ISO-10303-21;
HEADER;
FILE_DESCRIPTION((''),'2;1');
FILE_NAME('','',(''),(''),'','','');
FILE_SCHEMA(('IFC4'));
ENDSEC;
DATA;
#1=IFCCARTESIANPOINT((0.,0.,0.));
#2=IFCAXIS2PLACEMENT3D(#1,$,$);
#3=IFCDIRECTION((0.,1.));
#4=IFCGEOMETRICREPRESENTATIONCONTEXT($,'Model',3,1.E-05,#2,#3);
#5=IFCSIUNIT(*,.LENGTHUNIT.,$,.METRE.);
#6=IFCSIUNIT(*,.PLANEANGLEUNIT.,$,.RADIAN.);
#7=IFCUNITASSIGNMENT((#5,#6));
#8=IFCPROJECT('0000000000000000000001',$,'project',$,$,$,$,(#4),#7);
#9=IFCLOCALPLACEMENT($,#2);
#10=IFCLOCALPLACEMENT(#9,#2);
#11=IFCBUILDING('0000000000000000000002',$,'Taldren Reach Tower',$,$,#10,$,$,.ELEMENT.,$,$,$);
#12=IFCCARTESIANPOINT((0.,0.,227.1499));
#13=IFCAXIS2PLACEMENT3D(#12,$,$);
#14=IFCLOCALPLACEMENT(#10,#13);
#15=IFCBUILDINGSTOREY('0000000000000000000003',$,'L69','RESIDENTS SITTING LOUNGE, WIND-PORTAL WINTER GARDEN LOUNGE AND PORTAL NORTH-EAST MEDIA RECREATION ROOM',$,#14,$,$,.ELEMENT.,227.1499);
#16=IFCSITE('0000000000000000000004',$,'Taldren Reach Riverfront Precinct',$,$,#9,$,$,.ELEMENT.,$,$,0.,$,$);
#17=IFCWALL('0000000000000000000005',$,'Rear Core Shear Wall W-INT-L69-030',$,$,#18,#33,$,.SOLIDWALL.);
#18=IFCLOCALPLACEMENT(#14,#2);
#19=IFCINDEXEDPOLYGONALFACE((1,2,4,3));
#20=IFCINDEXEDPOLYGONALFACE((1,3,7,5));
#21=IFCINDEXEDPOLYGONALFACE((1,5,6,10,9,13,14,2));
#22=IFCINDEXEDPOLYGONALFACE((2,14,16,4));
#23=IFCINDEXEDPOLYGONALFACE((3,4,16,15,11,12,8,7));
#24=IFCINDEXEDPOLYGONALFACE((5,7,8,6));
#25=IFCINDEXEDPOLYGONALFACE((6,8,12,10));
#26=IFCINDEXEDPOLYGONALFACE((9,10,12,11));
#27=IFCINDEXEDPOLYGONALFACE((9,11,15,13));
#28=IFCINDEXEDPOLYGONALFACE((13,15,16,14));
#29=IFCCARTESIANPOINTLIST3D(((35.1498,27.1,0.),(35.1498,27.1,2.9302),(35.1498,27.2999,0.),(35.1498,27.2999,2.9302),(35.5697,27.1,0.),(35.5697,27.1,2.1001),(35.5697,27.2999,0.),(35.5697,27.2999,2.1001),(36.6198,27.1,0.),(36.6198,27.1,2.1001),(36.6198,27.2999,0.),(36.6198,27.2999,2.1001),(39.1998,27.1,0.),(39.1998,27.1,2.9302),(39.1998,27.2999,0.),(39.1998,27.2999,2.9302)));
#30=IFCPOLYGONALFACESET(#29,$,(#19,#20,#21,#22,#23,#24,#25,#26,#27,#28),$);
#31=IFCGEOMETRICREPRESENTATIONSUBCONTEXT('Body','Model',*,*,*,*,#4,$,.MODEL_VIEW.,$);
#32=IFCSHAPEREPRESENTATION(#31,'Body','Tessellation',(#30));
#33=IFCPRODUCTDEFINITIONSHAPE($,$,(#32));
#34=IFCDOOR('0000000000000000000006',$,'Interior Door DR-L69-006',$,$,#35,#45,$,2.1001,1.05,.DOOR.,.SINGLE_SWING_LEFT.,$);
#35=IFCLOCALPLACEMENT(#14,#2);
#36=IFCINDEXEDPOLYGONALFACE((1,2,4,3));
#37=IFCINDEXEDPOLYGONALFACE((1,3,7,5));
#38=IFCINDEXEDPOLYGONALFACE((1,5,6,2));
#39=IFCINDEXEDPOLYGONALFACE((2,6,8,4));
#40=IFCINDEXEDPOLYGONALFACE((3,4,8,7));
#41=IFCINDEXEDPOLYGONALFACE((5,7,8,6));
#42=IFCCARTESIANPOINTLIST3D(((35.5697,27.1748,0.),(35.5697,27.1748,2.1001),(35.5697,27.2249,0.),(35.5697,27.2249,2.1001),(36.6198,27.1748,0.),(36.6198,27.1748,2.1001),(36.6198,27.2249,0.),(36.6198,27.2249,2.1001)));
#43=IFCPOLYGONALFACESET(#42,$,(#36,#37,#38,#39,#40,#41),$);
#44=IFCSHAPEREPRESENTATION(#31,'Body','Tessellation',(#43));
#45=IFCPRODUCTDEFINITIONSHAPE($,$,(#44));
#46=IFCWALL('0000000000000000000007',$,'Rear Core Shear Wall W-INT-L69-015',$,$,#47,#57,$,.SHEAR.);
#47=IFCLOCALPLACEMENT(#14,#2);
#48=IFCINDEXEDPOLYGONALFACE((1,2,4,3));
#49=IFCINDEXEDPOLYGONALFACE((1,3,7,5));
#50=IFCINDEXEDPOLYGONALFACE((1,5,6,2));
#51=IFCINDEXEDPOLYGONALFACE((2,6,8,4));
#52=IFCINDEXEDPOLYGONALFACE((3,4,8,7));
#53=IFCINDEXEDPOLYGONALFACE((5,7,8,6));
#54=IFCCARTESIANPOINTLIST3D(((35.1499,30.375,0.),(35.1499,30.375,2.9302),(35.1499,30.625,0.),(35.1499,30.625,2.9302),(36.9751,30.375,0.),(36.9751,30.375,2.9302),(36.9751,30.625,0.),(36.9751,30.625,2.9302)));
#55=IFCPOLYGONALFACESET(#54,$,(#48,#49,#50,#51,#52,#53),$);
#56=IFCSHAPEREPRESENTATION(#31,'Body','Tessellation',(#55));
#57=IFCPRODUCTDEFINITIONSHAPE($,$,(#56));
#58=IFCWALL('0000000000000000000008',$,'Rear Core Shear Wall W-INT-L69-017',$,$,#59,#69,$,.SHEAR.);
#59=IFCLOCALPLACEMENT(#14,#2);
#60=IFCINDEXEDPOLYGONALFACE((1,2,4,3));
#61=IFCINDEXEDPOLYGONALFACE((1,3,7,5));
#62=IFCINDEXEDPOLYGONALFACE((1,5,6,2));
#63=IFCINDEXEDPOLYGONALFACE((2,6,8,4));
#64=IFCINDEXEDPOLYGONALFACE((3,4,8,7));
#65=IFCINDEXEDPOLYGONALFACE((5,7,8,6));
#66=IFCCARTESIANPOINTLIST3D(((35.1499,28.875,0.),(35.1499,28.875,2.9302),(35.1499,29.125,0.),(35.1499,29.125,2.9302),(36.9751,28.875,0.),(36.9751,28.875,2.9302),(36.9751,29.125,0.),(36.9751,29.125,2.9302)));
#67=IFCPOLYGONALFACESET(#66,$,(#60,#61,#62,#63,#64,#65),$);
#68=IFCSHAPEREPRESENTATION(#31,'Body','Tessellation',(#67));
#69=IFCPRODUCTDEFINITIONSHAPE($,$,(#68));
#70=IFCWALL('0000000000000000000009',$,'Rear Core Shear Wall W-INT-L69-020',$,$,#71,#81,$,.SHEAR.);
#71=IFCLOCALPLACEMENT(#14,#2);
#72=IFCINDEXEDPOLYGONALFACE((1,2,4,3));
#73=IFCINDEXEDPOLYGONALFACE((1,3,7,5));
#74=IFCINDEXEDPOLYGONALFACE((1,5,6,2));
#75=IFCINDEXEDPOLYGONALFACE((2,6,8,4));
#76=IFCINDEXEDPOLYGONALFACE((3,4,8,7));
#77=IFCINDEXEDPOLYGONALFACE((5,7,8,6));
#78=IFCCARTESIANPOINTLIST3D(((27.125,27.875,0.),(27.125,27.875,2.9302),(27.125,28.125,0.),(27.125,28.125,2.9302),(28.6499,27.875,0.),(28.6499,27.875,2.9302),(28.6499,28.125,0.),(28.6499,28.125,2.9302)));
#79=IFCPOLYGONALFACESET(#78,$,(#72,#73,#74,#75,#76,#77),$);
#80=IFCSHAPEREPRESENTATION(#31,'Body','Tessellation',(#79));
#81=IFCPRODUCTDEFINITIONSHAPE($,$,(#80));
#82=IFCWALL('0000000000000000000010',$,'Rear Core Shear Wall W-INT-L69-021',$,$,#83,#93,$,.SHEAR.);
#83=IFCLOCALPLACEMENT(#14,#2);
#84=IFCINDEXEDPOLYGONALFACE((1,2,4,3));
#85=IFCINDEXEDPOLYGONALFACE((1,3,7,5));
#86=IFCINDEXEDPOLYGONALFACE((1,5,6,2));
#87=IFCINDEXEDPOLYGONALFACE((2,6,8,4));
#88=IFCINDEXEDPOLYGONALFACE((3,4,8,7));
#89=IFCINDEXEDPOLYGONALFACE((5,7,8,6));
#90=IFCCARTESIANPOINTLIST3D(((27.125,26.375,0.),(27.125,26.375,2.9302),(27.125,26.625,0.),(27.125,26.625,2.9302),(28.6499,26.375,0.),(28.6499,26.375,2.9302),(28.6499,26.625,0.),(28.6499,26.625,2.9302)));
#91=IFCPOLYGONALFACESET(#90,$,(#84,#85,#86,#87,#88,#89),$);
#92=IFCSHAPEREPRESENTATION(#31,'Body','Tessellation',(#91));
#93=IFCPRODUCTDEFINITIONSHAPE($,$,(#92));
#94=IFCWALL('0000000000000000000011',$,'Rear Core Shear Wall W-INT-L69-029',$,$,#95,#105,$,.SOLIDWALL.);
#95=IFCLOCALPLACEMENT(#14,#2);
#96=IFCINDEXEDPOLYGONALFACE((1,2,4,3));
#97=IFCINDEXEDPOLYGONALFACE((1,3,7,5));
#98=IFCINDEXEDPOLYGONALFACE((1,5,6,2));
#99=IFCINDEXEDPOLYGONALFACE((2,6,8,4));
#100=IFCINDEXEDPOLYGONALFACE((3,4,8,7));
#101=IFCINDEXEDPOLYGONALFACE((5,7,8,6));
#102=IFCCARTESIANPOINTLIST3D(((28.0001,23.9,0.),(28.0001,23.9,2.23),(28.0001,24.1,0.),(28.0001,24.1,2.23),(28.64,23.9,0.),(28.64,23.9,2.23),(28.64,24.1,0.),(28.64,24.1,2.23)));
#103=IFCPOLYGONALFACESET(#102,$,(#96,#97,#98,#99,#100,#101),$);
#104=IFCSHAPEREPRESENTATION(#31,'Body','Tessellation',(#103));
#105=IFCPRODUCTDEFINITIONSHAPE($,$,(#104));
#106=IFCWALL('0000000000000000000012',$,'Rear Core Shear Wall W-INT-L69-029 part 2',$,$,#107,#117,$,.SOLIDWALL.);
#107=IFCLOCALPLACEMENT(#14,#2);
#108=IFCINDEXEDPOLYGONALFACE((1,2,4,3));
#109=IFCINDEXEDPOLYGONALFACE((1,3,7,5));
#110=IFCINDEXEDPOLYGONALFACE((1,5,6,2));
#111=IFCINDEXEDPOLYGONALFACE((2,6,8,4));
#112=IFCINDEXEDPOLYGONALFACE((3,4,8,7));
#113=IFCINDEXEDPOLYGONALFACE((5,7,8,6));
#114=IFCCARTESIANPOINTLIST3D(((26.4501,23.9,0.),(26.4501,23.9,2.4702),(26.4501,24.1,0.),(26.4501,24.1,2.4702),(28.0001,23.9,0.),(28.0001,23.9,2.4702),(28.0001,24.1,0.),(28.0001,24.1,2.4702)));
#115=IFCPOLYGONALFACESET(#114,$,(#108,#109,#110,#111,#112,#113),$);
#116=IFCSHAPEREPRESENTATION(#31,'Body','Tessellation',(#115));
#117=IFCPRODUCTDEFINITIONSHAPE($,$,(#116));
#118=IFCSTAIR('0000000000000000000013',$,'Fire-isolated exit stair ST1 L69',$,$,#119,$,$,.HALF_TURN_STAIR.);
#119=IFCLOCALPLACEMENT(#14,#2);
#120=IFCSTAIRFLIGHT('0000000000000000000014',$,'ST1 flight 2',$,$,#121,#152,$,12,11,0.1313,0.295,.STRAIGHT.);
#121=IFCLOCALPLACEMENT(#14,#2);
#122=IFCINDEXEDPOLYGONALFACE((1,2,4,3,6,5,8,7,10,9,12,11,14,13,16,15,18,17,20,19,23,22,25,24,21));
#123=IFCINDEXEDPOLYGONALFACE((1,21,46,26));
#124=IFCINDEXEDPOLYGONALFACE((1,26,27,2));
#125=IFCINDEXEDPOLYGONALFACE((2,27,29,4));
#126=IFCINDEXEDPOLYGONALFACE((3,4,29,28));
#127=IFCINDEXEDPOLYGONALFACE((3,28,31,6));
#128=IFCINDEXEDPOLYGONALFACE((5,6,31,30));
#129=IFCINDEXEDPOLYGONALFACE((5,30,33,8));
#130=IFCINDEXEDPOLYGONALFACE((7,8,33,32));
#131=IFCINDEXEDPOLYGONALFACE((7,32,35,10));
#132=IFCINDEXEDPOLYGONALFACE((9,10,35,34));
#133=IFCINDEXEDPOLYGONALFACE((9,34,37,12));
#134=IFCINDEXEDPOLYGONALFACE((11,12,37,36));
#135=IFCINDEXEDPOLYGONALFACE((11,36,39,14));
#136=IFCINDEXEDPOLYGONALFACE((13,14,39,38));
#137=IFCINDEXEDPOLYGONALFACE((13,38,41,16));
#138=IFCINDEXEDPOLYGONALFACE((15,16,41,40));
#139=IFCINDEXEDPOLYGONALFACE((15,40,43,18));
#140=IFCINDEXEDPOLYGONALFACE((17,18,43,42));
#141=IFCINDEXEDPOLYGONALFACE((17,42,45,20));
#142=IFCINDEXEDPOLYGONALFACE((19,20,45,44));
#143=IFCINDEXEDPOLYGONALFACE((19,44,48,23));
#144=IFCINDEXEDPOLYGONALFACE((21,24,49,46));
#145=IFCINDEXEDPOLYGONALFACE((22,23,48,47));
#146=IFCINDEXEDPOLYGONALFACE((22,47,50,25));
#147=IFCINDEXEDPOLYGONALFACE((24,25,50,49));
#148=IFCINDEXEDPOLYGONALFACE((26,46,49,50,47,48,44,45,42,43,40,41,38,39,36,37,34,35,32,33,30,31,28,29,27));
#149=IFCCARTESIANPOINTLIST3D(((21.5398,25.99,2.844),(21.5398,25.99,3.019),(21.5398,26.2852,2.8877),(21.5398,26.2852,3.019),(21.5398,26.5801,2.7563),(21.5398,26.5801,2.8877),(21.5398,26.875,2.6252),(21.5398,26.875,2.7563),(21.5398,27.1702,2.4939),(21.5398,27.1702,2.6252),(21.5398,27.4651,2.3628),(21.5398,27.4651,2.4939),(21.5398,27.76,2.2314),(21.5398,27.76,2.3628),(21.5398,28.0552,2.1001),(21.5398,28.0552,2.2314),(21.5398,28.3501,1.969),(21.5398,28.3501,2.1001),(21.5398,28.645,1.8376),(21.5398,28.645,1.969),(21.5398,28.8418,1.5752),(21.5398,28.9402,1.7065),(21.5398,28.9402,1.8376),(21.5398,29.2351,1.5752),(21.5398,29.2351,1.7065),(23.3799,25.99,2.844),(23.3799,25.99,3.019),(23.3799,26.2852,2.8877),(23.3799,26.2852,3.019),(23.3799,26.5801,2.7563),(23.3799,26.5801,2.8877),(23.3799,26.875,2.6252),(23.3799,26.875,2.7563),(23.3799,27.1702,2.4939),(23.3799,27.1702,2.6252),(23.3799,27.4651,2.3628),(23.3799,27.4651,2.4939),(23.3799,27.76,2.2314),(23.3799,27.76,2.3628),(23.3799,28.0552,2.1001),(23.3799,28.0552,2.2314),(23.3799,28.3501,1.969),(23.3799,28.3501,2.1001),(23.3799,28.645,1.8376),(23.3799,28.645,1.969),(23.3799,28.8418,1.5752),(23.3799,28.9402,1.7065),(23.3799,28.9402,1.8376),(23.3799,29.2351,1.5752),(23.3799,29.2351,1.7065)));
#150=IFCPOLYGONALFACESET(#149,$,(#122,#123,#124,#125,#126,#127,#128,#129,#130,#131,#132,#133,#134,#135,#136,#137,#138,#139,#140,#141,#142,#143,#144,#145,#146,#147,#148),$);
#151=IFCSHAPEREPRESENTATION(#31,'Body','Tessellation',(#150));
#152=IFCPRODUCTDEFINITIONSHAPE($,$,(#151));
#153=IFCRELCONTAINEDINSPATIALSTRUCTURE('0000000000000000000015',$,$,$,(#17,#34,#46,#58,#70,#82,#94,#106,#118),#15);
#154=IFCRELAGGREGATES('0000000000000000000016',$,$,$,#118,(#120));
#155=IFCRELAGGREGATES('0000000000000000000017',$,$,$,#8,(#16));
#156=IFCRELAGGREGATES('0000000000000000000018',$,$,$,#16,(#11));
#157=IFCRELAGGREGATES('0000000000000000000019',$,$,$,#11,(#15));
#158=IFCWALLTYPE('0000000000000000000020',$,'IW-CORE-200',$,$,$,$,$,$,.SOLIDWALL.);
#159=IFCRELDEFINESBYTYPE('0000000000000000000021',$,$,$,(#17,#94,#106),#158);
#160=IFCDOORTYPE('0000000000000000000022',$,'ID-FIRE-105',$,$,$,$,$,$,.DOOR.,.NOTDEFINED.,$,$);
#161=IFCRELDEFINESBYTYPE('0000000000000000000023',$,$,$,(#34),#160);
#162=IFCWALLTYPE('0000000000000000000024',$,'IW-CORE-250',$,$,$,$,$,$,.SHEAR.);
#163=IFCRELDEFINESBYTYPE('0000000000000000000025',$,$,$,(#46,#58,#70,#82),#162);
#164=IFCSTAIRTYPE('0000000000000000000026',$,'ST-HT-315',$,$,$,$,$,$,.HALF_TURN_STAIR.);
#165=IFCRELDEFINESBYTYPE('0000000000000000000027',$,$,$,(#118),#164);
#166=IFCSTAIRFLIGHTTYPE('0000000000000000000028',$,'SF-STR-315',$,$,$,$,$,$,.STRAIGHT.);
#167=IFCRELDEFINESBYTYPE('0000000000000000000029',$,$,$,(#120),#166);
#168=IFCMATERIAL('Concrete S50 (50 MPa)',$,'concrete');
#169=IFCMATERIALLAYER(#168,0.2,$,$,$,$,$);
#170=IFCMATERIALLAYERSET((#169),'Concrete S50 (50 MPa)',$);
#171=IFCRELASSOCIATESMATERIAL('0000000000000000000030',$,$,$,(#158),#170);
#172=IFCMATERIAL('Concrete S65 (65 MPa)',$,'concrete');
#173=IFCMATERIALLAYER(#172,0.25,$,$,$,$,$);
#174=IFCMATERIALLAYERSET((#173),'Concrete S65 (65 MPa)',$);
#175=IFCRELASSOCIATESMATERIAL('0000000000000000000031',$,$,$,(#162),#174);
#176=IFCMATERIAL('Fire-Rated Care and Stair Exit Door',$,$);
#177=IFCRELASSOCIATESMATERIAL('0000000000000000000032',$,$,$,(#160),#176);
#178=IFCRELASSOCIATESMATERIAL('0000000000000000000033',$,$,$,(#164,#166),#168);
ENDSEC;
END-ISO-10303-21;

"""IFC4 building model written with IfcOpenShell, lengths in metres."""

from ifc_helpers import new_model, si_unit, direction, frame, frame_2d, origin, place, context, subcontext, project, spatial, polyline, rectangle, outline, extrude, source, transform, mapped, material, layer, layer_set, type_object, element, fill, aggregate, save


model = new_model("IFC4")

# Units and contexts
model_context = context("Model", 3, precision=1e-05, world=origin(), true_north=direction((0.0, 1.0)))
body_context = subcontext(model_context, "Body", "Model", "MODEL_VIEW")
ifc_project = project(units=[si_unit("LENGTHUNIT", "METRE"), si_unit("PLANEANGLEUNIT", "RADIAN")], contexts=[model_context])

# Site, building, storey
site_placement = place(None, origin())
site = spatial("IfcSite", under=ifc_project, at=site_placement, Name="Taldren Reach Riverfront Precinct", CompositionType="ELEMENT", RefElevation=0.0)
building_placement = place(site_placement, origin())
building = spatial("IfcBuilding", under=site, at=building_placement, Name="Taldren Reach Tower", CompositionType="ELEMENT")
storey_placement = place(building_placement, frame((0.0, 0.0, 227.1499)))
storey = spatial("IfcBuildingStorey", under=building, at=storey_placement, Name="L69", Description="RESIDENTS SITTING LOUNGE, WIND-PORTAL WINTER GARDEN LOUNGE AND PORTAL NORTH-EAST MEDIA RECREATION ROOM", CompositionType="ELEMENT", Elevation=227.1499)

# Shared definitions
ifc_material_1 = material(Name="Concrete S50 (50 MPa)", Category="concrete")
ifc_layer_1 = layer(ifc_material_1, 0.2)
ifc_layer_set_1 = layer_set([ifc_layer_1], Name="Concrete S50 (50 MPa)")
wall_type_1 = type_object("IfcWallType", Name="IW-CORE-200", PredefinedType="SOLIDWALL", material=ifc_layer_set_1)

# Shared definitions
ifc_material_2 = material(Name="Concrete S65 (65 MPa)", Category="concrete")
ifc_layer_2 = layer(ifc_material_2, 0.25)
ifc_layer_set_2 = layer_set([ifc_layer_2], Name="Concrete S65 (65 MPa)")
wall_type_2 = type_object("IfcWallType", Name="IW-CORE-250", PredefinedType="SHEAR", material=ifc_layer_set_2)

# Shared definitions
ifc_material_3 = material(Name="Fire-Rated Care and Stair Exit Door")
door_type_1 = type_object("IfcDoorType", Name="ID-FIRE-105", OperationType="NOTDEFINED", PredefinedType="DOOR", material=ifc_material_3)
shared_shape_1 = source(origin(), body_context, "Body", "SweptSolid", [
    extrude(rectangle(XDim=1.05, YDim=2.1001, at=frame_2d((0.5249, 1.05))), frame((0.0, 0.0249, 0.0), z_axis=(0.0, -1.0, 0.0), x_axis=(1.0, 0.0, 0.0)), (0.0, 0.0, 1.0), 0.05),
])
shared_shape_2 = source(origin(), body_context, "Body", "SweptSolid", [
    extrude(rectangle(XDim=1.05, YDim=2.1001, at=frame_2d((0.5249, 1.05))), frame((0.0, 0.1099, 0.0), z_axis=(0.0, -1.0, 0.0), x_axis=(1.0, 0.0, 0.0)), (0.0, 0.0, 1.0), 0.22),
])

# Wall, opening, door
shared_shape_3 = source(origin(), body_context, "Body", "SweptSolid", [
    extrude(rectangle(XDim=4.05, YDim=0.2, at=frame_2d((2.0249, 0.0))), origin(), (0.0, 0.0, 1.0), 2.9302),
])
wall_1_placement = place(storey_placement, frame((35.1499, 27.2, 0.0), z_axis=(0.0, 0.0, 1.0), x_axis=(1.0, 0.0, 0.0)))
wall_1 = element("IfcWall", 1, at=wall_1_placement, inside=storey, type_object=wall_type_1, Name="Rear Core Shear Wall W-INT-L69-030", PredefinedType="SOLIDWALL", context=body_context, shape_type="MappedRepresentation", body=[
    mapped(shared_shape_3, transform((0.0, 0.0, 0.0), scale=1.0)),
])
opening_1_placement = place(wall_1_placement, frame((0.4199, 0.0, 0.0)))
opening_1 = element("IfcOpeningElement", 2, at=opening_1_placement, cuts=wall_1, PredefinedType="OPENING", context=body_context, shape_type="MappedRepresentation", body=[
    mapped(shared_shape_2, transform((0.0, 0.0, 0.0), scale=1.0)),
])
door_1_placement = place(opening_1_placement, origin())
door_1 = element("IfcDoor", 3, at=door_1_placement, inside=storey, type_object=door_type_1, Name="Interior Door DR-L69-006", OperationType="SINGLE_SWING_LEFT", OverallHeight=2.1001, OverallWidth=1.05, PredefinedType="DOOR", context=body_context, shape_type="MappedRepresentation", body=[
    mapped(shared_shape_1, transform((0.0, 0.0, 0.0), scale=1.0)),
])
fill(opening_1, door_1)

# Walls
shared_shape_4 = source(origin(), body_context, "Body", "SweptSolid", [
    extrude(rectangle(XDim=1.8252, YDim=0.25, at=frame_2d((0.9126, 0.0))), origin(), (0.0, 0.0, 1.0), 2.9302),
])
for number, where, z_axis, x_axis, name in (
    (4, (35.1499, 30.5, 0.0), (0.0, 0.0, 1.0), (1.0, 0.0, 0.0), "Rear Core Shear Wall W-INT-L69-015"),
    (5, (35.1499, 29.0, 0.0), (0.0, 0.0, 1.0), (1.0, 0.0, 0.0), "Rear Core Shear Wall W-INT-L69-017"),
):
    element("IfcWall", number, at=place(storey_placement, frame(where, z_axis=z_axis, x_axis=x_axis)), inside=storey, type_object=wall_type_2, Name=name, PredefinedType="SHEAR", context=body_context, shape_type="MappedRepresentation", body=[
        mapped(shared_shape_4, transform((0.0, 0.0, 0.0), scale=1.0)),
    ])
shared_shape_5 = source(origin(), body_context, "Body", "SweptSolid", [
    extrude(rectangle(XDim=1.5249, YDim=0.25, at=frame_2d((0.7625, 0.0))), origin(), (0.0, 0.0, 1.0), 2.9302),
])
for number, where, z_axis, x_axis, name in (
    (6, (28.6499, 28.0, 0.0), (0.0, 0.0, 1.0), (-1.0, 0.0, 0.0), "Rear Core Shear Wall W-INT-L69-020"),
    (7, (27.125, 26.5, 0.0), (0.0, 0.0, 1.0), (1.0, 0.0, 0.0), "Rear Core Shear Wall W-INT-L69-021"),
):
    element("IfcWall", number, at=place(storey_placement, frame(where, z_axis=z_axis, x_axis=x_axis)), inside=storey, type_object=wall_type_2, Name=name, PredefinedType="SHEAR", context=body_context, shape_type="MappedRepresentation", body=[
        mapped(shared_shape_5, transform((0.0, 0.0, 0.0), scale=1.0)),
    ])
shared_shape_6 = source(origin(), body_context, "Body", "SweptSolid", [
    extrude(rectangle(XDim=0.6399, YDim=0.2, at=frame_2d((0.3198, 0.0))), origin(), (0.0, 0.0, 1.0), 2.23),
])
wall_2_placement = place(storey_placement, frame((28.6399, 24.0, 0.0), z_axis=(0.0, 0.0, 1.0), x_axis=(-1.0, 0.0, 0.0)))
element("IfcWall", 8, at=wall_2_placement, inside=storey, type_object=wall_type_1, Name="Rear Core Shear Wall W-INT-L69-029", PredefinedType="SOLIDWALL", context=body_context, shape_type="MappedRepresentation", body=[
    mapped(shared_shape_6, transform((0.0, 0.0, 0.0), scale=1.0)),
])
shared_shape_7 = source(origin(), body_context, "Body", "SweptSolid", [
    extrude(rectangle(XDim=1.55, YDim=0.2, at=frame_2d((0.7749, 0.0))), origin(), (0.0, 0.0, 1.0), 2.4702),
])
wall_3_placement = place(storey_placement, frame((28.0, 24.0, 0.0), z_axis=(0.0, 0.0, 1.0), x_axis=(-1.0, 0.0, 0.0)))
element("IfcWall", 9, at=wall_3_placement, inside=storey, type_object=wall_type_1, Name="Rear Core Shear Wall W-INT-L69-029 part 2", PredefinedType="SOLIDWALL", context=body_context, shape_type="MappedRepresentation", body=[
    mapped(shared_shape_7, transform((0.0, 0.0, 0.0), scale=1.0)),
])

# Stair, stair flight
stair_type = type_object("IfcStairType", Name="ST-HT-315", PredefinedType="HALF_TURN_STAIR", material=ifc_material_1)
stair_placement = place(storey_placement, origin())
stair = element("IfcStair", 10, at=stair_placement, inside=storey, type_object=stair_type, Name="Fire-isolated exit stair ST1 L69", PredefinedType="HALF_TURN_STAIR")
stair_flight_type = type_object("IfcStairFlightType", Name="SF-STR-315", PredefinedType="STRAIGHT", material=ifc_material_1)
stair_flight_placement = place(storey_placement, frame((22.46, 29.2351, 1.5752), z_axis=(0.0, 0.0, 1.0), x_axis=(0.0, -1.0, 0.0)))
stair_flight = element("IfcStairFlight", 11, at=stair_flight_placement, type_object=stair_flight_type, Name="ST1 flight 2", NumberOfRisers=12, NumberOfTreads=11, PredefinedType="STRAIGHT", RiserHeight=0.1313, TreadLength=0.295, context=body_context, shape_type="SweptSolid", body=[
    extrude(outline(polyline([(0.0, 0.0), (0.0, 0.1313), (0.2949, 0.1313), (0.2949, 0.2625), (0.5901, 0.2625), (0.5901, 0.3938), (0.885, 0.3938), (0.885, 0.5249), (1.1799, 0.5249), (1.1799, 0.6562), (1.4751, 0.6562), (1.4751, 0.7876), (1.77, 0.7876), (1.77, 0.9187), (2.0649, 0.9187), (2.0649, 1.05), (2.3601, 1.05), (2.3601, 1.1812), (2.655, 1.1812), (2.655, 1.3125), (2.95, 1.3125), (2.95, 1.4438), (3.2451, 1.4438), (3.2451, 1.575), (3.2451, 1.2688), (0.3933, 0.0), (0.0, 0.0)])), frame((0.0, 0.9199, 0.0), z_axis=(0.0, -1.0, 0.0), x_axis=(1.0, 0.0, 0.0)), (0.0, 0.0, 1.0), 1.8401),
])
aggregate(stair, [stair_flight])

save(model, "model.ifc")
